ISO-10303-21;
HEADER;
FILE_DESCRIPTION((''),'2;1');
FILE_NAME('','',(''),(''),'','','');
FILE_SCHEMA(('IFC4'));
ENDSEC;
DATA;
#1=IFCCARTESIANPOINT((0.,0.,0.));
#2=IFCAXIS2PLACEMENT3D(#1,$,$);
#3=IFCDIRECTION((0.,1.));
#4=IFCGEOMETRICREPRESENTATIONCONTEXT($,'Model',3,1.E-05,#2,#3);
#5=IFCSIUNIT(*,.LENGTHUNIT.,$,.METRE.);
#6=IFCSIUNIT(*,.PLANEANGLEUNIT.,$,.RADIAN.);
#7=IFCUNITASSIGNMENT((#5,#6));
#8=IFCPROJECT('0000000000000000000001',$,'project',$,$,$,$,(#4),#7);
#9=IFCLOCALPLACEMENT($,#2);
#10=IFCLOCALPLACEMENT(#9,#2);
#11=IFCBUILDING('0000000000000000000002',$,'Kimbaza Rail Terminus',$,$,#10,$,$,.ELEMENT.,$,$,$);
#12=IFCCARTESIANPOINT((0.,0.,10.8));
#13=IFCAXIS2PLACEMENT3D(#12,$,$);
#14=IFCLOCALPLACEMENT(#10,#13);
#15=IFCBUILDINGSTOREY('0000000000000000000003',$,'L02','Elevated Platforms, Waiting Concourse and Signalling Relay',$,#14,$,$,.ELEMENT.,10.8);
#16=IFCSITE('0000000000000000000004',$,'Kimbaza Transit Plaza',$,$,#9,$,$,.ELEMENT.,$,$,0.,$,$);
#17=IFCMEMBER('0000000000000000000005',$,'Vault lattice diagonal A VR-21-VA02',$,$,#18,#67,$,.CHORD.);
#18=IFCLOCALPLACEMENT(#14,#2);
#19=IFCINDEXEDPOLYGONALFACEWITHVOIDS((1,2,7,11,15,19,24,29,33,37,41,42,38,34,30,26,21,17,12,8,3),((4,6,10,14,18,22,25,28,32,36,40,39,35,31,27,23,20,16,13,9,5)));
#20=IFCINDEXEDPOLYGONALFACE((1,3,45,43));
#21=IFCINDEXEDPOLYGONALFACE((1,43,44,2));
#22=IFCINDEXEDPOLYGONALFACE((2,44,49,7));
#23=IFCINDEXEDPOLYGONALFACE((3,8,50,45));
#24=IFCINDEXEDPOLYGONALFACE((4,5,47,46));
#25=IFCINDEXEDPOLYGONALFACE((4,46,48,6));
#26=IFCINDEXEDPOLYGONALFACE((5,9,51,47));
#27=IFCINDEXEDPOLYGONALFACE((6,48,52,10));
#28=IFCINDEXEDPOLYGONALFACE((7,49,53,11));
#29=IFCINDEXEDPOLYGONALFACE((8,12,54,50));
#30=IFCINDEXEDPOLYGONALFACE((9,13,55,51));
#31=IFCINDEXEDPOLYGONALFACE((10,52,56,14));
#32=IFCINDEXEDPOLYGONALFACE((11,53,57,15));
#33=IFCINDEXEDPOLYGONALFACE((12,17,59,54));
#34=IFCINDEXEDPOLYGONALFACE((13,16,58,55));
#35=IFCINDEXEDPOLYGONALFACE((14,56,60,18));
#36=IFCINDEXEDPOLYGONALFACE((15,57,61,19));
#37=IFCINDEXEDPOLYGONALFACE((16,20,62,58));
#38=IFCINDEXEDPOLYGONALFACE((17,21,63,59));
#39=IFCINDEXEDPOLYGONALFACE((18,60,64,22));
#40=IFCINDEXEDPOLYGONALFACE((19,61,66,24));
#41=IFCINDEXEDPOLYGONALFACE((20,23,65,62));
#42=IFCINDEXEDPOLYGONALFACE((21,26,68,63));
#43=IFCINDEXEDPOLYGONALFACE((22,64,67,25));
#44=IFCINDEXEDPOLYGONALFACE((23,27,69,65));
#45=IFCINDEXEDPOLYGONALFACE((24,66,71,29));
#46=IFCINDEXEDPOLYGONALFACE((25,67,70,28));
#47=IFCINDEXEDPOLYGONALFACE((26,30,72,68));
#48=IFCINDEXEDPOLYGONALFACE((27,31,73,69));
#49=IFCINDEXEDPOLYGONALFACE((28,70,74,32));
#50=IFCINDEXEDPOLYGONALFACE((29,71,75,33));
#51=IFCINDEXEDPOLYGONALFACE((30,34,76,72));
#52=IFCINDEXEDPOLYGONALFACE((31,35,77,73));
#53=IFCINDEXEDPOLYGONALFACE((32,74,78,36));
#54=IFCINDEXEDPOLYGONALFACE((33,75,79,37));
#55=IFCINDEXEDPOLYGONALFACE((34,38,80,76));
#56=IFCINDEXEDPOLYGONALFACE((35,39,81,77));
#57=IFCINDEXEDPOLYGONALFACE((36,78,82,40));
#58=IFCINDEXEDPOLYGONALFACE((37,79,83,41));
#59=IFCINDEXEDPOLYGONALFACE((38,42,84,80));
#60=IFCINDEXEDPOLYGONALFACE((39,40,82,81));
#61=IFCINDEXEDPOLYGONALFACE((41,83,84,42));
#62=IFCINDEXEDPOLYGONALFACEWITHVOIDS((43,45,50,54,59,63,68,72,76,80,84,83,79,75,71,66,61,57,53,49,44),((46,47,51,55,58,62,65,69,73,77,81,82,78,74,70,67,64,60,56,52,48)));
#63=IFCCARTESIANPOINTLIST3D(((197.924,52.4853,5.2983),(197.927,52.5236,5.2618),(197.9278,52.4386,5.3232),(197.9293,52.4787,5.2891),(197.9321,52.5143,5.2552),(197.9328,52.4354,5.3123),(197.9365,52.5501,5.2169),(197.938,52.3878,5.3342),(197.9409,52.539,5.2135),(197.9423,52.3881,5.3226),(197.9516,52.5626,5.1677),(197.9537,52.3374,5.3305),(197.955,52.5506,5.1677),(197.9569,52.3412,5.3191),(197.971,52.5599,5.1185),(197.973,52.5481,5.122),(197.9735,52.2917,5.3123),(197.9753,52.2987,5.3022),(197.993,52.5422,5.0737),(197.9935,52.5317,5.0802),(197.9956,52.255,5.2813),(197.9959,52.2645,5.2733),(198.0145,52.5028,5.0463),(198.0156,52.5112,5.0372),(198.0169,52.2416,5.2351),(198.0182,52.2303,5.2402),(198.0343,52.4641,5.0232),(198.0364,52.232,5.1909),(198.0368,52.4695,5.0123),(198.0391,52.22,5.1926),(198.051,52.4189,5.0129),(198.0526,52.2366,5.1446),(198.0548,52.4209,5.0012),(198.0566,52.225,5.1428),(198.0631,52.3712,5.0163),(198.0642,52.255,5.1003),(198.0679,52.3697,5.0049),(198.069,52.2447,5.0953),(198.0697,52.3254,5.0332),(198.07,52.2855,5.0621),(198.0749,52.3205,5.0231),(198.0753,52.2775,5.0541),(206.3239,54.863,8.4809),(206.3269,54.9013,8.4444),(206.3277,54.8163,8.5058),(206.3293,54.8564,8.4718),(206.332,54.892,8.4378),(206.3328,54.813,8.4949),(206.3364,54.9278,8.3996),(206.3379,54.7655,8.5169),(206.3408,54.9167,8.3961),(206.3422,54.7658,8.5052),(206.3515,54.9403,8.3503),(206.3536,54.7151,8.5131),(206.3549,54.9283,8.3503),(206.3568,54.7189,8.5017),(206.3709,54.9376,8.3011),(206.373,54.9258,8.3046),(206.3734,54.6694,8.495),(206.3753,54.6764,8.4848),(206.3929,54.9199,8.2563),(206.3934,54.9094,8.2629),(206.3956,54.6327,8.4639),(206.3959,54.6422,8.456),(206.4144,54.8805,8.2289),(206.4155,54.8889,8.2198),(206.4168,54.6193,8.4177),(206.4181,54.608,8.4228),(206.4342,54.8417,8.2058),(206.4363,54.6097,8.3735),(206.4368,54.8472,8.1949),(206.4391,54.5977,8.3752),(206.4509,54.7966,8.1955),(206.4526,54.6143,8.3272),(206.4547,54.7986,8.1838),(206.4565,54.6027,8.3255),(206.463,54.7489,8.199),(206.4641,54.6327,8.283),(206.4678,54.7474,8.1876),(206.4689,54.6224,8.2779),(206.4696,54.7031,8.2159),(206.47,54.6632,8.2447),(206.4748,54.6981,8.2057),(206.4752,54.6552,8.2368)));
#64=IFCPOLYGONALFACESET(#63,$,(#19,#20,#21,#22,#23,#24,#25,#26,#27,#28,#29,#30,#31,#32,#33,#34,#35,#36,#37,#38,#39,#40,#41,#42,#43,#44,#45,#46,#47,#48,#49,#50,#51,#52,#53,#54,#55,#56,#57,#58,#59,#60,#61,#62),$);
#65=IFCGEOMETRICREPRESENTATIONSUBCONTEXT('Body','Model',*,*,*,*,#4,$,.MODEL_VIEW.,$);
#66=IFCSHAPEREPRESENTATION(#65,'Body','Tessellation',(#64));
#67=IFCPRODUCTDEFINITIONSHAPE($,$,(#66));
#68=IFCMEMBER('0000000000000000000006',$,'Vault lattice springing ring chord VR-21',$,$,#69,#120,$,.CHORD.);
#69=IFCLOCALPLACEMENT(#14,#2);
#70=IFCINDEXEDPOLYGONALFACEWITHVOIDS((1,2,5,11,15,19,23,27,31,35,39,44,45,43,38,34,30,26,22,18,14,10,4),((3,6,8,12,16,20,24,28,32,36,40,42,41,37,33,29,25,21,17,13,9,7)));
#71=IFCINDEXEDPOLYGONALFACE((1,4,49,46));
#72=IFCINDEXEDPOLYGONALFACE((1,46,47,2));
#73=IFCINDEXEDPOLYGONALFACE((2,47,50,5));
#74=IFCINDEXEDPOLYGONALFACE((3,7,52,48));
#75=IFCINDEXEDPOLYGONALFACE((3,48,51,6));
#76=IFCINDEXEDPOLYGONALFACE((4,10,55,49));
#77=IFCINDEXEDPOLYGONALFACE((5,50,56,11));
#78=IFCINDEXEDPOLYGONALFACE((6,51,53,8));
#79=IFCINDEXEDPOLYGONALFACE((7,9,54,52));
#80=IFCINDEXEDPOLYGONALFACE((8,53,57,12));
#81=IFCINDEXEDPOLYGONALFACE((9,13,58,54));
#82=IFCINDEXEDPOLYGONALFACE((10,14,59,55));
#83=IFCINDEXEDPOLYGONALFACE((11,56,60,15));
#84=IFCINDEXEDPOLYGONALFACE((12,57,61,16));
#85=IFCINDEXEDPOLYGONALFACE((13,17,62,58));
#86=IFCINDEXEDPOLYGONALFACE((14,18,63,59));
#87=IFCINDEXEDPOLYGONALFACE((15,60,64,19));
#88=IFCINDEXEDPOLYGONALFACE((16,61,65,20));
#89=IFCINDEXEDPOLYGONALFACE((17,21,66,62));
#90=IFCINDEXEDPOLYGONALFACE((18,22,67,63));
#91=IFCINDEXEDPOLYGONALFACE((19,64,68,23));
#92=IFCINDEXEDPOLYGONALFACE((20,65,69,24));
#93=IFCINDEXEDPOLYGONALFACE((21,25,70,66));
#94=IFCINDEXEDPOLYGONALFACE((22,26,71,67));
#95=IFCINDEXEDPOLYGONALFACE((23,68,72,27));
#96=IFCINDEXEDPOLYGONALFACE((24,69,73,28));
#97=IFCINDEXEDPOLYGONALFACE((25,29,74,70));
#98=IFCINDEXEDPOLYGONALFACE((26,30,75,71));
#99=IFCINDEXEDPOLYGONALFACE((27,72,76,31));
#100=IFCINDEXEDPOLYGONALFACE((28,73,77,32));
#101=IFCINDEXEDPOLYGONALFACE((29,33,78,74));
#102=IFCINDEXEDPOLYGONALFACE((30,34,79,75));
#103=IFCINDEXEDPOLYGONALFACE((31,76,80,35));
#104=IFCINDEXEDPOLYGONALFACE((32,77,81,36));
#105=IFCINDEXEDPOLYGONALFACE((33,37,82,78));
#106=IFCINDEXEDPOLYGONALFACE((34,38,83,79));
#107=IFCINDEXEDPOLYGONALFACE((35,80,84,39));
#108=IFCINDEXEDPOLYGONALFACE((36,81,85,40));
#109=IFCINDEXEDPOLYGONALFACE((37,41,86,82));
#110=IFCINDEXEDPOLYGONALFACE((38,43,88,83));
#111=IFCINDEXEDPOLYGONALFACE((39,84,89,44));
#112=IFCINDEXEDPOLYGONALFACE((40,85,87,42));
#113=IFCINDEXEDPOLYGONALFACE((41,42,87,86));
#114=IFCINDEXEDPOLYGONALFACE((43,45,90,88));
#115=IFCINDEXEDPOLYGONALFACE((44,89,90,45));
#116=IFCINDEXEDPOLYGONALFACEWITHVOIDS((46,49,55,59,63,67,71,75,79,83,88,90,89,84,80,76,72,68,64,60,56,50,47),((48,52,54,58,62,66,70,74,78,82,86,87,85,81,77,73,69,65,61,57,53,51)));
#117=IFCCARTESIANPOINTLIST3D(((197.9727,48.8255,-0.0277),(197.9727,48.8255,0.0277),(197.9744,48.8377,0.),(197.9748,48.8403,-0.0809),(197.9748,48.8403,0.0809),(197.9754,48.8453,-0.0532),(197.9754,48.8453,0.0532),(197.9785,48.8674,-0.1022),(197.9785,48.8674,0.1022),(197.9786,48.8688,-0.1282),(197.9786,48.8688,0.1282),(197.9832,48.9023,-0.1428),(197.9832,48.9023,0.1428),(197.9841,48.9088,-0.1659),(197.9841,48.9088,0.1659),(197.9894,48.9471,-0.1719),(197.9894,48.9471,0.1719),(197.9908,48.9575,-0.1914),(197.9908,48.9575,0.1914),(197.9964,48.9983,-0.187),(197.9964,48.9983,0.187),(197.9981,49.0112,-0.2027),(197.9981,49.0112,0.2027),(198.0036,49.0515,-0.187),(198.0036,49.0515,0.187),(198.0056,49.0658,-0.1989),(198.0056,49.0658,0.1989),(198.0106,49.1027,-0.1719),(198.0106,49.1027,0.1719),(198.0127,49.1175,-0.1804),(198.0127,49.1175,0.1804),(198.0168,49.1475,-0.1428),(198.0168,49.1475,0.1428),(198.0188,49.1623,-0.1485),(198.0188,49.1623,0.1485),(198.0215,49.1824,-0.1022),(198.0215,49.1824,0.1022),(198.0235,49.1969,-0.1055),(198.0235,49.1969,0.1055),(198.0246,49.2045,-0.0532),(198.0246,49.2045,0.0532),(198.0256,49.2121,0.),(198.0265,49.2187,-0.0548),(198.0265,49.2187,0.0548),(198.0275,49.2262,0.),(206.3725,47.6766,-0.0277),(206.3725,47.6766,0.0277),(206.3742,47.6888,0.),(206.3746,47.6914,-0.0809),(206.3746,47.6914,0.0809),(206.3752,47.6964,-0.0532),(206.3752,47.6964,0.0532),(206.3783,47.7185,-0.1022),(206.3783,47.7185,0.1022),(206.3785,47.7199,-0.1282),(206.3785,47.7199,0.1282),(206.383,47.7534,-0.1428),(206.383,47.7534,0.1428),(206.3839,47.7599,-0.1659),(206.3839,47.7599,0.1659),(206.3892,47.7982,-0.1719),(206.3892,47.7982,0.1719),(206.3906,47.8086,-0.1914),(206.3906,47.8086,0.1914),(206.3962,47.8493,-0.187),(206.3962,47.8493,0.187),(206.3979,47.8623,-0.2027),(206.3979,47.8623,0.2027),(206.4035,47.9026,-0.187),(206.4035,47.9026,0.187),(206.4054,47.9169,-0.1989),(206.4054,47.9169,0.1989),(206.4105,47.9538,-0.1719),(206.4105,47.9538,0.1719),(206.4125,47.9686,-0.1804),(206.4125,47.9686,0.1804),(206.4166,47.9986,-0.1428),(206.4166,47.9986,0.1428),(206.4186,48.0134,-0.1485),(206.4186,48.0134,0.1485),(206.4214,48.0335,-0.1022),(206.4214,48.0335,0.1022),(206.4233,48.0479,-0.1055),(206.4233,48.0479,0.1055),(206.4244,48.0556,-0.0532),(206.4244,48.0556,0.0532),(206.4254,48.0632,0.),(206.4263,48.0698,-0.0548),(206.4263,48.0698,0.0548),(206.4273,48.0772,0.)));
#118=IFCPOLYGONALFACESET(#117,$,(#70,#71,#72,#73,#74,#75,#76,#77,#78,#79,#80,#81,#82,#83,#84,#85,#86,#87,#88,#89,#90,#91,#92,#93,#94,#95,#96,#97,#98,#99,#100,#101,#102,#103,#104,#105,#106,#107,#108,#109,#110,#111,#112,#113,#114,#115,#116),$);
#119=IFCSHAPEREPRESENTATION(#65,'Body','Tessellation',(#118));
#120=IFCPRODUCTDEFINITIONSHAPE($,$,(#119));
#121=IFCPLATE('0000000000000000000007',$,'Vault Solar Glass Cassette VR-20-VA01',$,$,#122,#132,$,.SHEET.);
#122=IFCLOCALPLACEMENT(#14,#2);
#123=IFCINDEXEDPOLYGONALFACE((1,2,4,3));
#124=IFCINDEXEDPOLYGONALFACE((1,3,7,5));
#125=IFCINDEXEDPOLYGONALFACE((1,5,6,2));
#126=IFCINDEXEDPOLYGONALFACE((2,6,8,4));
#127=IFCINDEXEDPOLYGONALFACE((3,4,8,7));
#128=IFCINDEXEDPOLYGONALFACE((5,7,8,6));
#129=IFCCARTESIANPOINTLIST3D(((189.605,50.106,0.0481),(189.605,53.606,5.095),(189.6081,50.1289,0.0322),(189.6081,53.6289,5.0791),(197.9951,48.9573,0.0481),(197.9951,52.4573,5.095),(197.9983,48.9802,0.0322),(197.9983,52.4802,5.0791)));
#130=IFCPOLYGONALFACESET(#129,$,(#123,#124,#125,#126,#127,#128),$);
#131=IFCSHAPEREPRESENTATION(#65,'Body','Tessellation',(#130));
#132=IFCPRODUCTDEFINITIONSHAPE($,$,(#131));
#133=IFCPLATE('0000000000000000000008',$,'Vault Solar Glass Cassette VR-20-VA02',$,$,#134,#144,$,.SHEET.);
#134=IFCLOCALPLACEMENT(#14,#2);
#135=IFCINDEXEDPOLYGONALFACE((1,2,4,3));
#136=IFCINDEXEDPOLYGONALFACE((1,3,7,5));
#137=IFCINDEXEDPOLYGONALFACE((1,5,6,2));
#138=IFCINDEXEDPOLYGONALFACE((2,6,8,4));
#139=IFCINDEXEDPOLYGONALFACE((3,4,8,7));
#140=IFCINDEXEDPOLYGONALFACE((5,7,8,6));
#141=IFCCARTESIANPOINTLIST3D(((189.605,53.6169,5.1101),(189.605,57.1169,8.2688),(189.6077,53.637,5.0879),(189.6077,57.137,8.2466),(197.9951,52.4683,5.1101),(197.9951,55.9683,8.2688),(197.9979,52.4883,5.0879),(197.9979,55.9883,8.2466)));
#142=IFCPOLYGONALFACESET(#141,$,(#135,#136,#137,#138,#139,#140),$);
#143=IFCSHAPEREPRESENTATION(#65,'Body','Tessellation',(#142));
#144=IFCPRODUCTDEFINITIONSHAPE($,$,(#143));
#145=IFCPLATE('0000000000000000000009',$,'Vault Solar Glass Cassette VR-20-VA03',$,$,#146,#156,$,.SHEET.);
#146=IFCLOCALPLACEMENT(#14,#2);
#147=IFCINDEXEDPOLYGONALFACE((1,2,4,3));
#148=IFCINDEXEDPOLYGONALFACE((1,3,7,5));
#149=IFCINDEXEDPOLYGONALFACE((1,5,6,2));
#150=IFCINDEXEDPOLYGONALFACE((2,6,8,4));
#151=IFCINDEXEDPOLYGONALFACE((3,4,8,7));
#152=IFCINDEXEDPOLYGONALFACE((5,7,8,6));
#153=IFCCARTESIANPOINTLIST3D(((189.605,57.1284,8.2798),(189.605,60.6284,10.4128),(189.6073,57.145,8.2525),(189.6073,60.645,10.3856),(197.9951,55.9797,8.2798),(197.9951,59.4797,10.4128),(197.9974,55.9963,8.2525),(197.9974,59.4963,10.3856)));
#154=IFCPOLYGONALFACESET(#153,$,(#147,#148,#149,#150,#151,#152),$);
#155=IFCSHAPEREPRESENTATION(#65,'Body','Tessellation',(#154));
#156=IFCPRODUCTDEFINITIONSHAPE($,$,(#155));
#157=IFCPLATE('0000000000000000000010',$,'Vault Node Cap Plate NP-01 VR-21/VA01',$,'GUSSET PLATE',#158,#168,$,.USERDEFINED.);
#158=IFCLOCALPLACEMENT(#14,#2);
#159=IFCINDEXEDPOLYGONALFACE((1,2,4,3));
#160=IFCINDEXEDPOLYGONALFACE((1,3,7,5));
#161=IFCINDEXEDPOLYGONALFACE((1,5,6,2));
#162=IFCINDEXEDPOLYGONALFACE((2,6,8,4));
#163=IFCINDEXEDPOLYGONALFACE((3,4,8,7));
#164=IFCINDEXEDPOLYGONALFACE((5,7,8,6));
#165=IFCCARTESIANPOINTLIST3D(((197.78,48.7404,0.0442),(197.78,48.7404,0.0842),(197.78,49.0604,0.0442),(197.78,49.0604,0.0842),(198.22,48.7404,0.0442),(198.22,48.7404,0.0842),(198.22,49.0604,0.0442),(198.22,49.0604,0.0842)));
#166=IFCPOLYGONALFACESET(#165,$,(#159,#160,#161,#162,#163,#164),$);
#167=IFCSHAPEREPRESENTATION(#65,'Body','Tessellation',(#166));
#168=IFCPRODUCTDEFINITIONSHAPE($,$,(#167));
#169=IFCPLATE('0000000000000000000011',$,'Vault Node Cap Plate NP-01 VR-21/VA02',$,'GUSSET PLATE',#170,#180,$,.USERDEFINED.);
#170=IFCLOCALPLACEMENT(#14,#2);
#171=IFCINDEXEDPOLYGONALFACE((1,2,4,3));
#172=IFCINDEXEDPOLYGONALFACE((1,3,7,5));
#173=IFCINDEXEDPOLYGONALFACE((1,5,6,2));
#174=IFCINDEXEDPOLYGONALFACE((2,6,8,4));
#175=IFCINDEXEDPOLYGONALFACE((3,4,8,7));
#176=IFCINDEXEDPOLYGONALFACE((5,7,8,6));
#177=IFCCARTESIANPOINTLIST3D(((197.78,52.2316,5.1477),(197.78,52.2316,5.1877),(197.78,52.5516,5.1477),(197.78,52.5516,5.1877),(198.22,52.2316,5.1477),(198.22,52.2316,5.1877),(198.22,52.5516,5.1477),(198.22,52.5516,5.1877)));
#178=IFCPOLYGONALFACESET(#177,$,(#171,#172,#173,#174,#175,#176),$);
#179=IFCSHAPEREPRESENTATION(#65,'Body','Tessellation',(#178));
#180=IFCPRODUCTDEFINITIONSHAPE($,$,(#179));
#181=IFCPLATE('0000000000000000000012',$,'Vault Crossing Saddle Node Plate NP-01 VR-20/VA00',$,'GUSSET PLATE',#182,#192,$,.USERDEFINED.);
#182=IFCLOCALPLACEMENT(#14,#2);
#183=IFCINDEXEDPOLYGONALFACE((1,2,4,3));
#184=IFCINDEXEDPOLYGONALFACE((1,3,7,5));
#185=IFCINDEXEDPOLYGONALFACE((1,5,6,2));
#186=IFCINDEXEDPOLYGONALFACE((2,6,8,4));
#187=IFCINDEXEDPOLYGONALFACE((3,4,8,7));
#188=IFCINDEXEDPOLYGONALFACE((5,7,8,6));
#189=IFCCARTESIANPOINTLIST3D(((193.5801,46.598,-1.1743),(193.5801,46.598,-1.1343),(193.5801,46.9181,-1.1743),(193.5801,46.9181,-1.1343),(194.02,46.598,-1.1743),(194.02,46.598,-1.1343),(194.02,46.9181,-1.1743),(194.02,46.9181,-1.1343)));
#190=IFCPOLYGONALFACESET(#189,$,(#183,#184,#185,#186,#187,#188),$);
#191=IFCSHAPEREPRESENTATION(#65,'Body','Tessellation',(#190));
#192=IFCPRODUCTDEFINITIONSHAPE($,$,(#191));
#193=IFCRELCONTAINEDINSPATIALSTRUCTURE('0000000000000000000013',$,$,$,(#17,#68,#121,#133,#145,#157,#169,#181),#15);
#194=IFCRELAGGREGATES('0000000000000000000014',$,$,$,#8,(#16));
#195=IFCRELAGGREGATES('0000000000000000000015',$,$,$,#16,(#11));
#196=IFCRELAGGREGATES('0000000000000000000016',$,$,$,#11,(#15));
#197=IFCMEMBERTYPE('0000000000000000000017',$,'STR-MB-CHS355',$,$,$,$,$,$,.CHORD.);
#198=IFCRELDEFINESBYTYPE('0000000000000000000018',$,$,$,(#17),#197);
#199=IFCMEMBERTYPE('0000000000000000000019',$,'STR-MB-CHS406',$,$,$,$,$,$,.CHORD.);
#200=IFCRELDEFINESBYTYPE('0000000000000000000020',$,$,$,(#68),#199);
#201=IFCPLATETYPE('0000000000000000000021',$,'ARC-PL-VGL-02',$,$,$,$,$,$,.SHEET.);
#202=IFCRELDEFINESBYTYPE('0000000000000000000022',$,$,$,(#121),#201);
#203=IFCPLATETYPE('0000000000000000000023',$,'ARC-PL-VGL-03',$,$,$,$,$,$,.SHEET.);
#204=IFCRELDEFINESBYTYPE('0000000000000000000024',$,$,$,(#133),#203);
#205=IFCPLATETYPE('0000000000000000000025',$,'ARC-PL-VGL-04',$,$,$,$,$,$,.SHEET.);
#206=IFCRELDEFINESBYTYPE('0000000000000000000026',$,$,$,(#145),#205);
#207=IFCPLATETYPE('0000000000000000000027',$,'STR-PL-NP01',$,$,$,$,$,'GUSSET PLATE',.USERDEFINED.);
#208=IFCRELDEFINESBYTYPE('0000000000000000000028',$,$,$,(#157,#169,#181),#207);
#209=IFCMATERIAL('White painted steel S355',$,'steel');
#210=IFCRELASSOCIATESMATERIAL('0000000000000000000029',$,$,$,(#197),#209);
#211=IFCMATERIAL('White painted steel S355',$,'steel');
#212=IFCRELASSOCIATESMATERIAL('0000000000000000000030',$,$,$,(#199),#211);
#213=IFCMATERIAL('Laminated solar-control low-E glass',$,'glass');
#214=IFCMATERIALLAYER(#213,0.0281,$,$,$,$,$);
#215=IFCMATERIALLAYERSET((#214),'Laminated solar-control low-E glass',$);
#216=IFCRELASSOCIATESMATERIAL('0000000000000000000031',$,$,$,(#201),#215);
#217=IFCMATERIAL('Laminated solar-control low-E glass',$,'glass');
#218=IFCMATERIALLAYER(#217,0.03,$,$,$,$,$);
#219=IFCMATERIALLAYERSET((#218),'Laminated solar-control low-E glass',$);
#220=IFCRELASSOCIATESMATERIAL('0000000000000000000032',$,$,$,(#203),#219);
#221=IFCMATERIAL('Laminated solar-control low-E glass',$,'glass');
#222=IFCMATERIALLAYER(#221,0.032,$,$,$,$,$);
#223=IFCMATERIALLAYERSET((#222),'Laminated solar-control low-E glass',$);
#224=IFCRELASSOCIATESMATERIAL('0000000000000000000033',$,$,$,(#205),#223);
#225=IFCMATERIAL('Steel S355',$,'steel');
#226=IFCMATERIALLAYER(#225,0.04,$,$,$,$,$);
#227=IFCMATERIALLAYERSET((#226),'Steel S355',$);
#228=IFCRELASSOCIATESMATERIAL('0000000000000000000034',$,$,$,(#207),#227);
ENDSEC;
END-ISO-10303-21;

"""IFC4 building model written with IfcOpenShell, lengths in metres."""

from ifc_helpers import new_model, si_unit, direction, frame, origin, origin_2d, place, context, subcontext, project, spatial, polyline, rectangle, hollow_circle, outline, extrude, material, layer, layer_set, material_profile, profile_set, type_object, element, save


model = new_model("IFC4")

# Units and contexts
model_context = context("Model", 3, precision=1e-05, world=origin(), true_north=direction((0.0, 1.0)))
body_context = subcontext(model_context, "Body", "Model", "MODEL_VIEW")
ifc_project = project(units=[si_unit("LENGTHUNIT", "METRE"), si_unit("PLANEANGLEUNIT", "RADIAN")], contexts=[model_context])

# Site, building, storey
site_placement = place(None, origin())
site = spatial("IfcSite", under=ifc_project, at=site_placement, Name="Kimbaza Transit Plaza", CompositionType="ELEMENT", RefElevation=0.0)
building_placement = place(site_placement, origin())
building = spatial("IfcBuilding", under=site, at=building_placement, Name="Kimbaza Rail Terminus", CompositionType="ELEMENT")
storey_placement = place(building_placement, frame((0.0, 0.0, 10.8)))
storey = spatial("IfcBuildingStorey", under=building, at=storey_placement, Name="L02", Description="Elevated Platforms, Waiting Concourse and Signalling Relay", CompositionType="ELEMENT", Elevation=10.8)

# Members
ifc_material_1 = material(Name="White painted steel S355", Category="steel")
ifc_material_profile_1 = material_profile(ifc_material_1, hollow_circle(Radius=0.1777, WallThickness=0.0125, at=origin_2d()), Name="CHS 355.6x12.5")
ifc_profile_set_1 = profile_set([ifc_material_profile_1], Name="White painted steel S355")
member_type_1 = type_object("IfcMemberType", Name="STR-MB-CHS355", PredefinedType="CHORD", material=ifc_profile_set_1)
member_1_placement = place(storey_placement, frame((198.0, 52.3916, 5.1677), z_axis=(0.903995, 0.255886, 0.342512), x_axis=(-0.27236, 0.962195, 0.0)))
element("IfcMember", 1, at=member_1_placement, inside=storey, type_object=member_type_1, Name="Vault lattice diagonal A VR-21-VA02", PredefinedType="CHORD", context=body_context, shape_type="SweptSolid", body=[
    extrude(hollow_circle(Radius=0.1777, WallThickness=0.0125, at=origin_2d()), origin(), (0.0, 0.0, 1.0), 9.292),
])
ifc_material_2 = material(Name="White painted steel S355", Category="steel")
ifc_material_profile_2 = material_profile(ifc_material_2, hollow_circle(Radius=0.2031, WallThickness=0.0142, at=origin_2d()), Name="CHS 406.4x14.2")
ifc_profile_set_2 = profile_set([ifc_material_profile_2], Name="White painted steel S355")
member_type_2 = type_object("IfcMemberType", Name="STR-MB-CHS406", PredefinedType="CHORD", material=ifc_profile_set_2)
member_2_placement = place(storey_placement, frame((198.0, 49.0249, 0.0), z_axis=(0.990775, -0.135517, 0.0), x_axis=(0.135517, 0.990775, 0.0)))
element("IfcMember", 2, at=member_2_placement, inside=storey, type_object=member_type_2, Name="Vault lattice springing ring chord VR-21", PredefinedType="CHORD", context=body_context, shape_type="SweptSolid", body=[
    extrude(hollow_circle(Radius=0.2031, WallThickness=0.0142, at=origin_2d()), origin(), (0.0, 0.0, 1.0), 8.478),
])

# Plates
ifc_material_3 = material(Name="Laminated solar-control low-E glass", Category="glass")
ifc_layer_1 = layer(ifc_material_3, 0.0281)
ifc_layer_set_1 = layer_set([ifc_layer_1], Name="Laminated solar-control low-E glass")
plate_type_1 = type_object("IfcPlateType", Name="ARC-PL-VGL-02", PredefinedType="SHEET", material=ifc_layer_set_1)
plate_1_placement = place(storey_placement, frame((189.605, 50.106, 0.0481), z_axis=(-0.111797, -0.816583, 0.566299), x_axis=(0.990758, -0.135643, 0.0)))
element("IfcPlate", 3, at=plate_1_placement, inside=storey, type_object=plate_type_1, Name="Vault Solar Glass Cassette VR-20-VA01", PredefinedType="SHEET", context=body_context, shape_type="SweptSolid", body=[
    extrude(outline(polyline([(0.0, 0.0), (8.4684, 0.0), (7.9937, 6.1234), (-0.4748, 6.1234), (0.0, 0.0)])), origin(), (0.0, 0.0, -1.0), 0.0281),
])
ifc_material_4 = material(Name="Laminated solar-control low-E glass", Category="glass")
ifc_layer_2 = layer(ifc_material_4, 0.03)
ifc_layer_set_2 = layer_set([ifc_layer_2], Name="Laminated solar-control low-E glass")
plate_type_2 = type_object("IfcPlateType", Name="ARC-PL-VGL-03", PredefinedType="SHEET", material=ifc_layer_set_2)
plate_2_placement = place(storey_placement, frame((189.605, 53.6169, 5.1101), z_axis=(-0.091343, -0.667182, 0.739273), x_axis=(0.990758, -0.135643, 0.0)))
element("IfcPlate", 4, at=plate_2_placement, inside=storey, type_object=plate_type_2, Name="Vault Solar Glass Cassette VR-20-VA02", PredefinedType="SHEET", context=body_context, shape_type="SweptSolid", body=[
    extrude(outline(polyline([(0.0, 0.0), (8.4684, 0.0), (7.9937, 4.6906), (-0.4748, 4.6906), (0.0, 0.0)])), origin(), (0.0, 0.0, -1.0), 0.03),
])
ifc_material_5 = material(Name="Laminated solar-control low-E glass", Category="glass")
ifc_layer_3 = layer(ifc_material_5, 0.032)
ifc_layer_set_3 = layer_set([ifc_layer_3], Name="Laminated solar-control low-E glass")
plate_type_3 = type_object("IfcPlateType", Name="ARC-PL-VGL-04", PredefinedType="SHEET", material=ifc_layer_set_3)
plate_3_placement = place(storey_placement, frame((189.605, 57.1284, 8.2798), z_axis=(-0.071069, -0.519098, 0.851755), x_axis=(0.990758, -0.135643, 0.0)))
element("IfcPlate", 5, at=plate_3_placement, inside=storey, type_object=plate_type_3, Name="Vault Solar Glass Cassette VR-20-VA03", PredefinedType="SHEET", context=body_context, shape_type="SweptSolid", body=[
    extrude(outline(polyline([(0.0, 0.0), (8.4684, 0.0), (7.9937, 4.0712), (-0.4748, 4.0712), (0.0, 0.0)])), origin(), (0.0, 0.0, -1.0), 0.032),
])
ifc_material_6 = material(Name="Steel S355", Category="steel")
ifc_layer_4 = layer(ifc_material_6, 0.04)
ifc_layer_set_4 = layer_set([ifc_layer_4], Name="Steel S355")
plate_type_4 = type_object("IfcPlateType", Name="STR-PL-NP01", ElementType="GUSSET PLATE", PredefinedType="USERDEFINED", material=ifc_layer_set_4)
for number, where, z_axis, x_axis, name in (
    (6, (198.0, 48.9004, 0.0442), (0.0, 0.0, 1.0), (1.0, 0.0, 0.0), "Vault Node Cap Plate NP-01 VR-21/VA01"),
    (7, (198.0, 52.3916, 5.1477), (0.0, 0.0, 1.0), (1.0, 0.0, 0.0), "Vault Node Cap Plate NP-01 VR-21/VA02"),
    (8, (193.8, 46.7581, -1.1743), (0.0, 0.0, 1.0), (1.0, 0.0, 0.0), "Vault Crossing Saddle Node Plate NP-01 VR-20/VA00"),
):
    element("IfcPlate", number, at=place(storey_placement, frame(where, z_axis=z_axis, x_axis=x_axis)), inside=storey, type_object=plate_type_4, Name=name, ObjectType="GUSSET PLATE", PredefinedType="USERDEFINED", context=body_context, shape_type="SweptSolid", body=[
        extrude(rectangle(XDim=0.4399, YDim=0.3201, at=origin_2d()), origin(), (0.0, 0.0, 1.0), 0.04),
    ])

save(model, "model.ifc")
